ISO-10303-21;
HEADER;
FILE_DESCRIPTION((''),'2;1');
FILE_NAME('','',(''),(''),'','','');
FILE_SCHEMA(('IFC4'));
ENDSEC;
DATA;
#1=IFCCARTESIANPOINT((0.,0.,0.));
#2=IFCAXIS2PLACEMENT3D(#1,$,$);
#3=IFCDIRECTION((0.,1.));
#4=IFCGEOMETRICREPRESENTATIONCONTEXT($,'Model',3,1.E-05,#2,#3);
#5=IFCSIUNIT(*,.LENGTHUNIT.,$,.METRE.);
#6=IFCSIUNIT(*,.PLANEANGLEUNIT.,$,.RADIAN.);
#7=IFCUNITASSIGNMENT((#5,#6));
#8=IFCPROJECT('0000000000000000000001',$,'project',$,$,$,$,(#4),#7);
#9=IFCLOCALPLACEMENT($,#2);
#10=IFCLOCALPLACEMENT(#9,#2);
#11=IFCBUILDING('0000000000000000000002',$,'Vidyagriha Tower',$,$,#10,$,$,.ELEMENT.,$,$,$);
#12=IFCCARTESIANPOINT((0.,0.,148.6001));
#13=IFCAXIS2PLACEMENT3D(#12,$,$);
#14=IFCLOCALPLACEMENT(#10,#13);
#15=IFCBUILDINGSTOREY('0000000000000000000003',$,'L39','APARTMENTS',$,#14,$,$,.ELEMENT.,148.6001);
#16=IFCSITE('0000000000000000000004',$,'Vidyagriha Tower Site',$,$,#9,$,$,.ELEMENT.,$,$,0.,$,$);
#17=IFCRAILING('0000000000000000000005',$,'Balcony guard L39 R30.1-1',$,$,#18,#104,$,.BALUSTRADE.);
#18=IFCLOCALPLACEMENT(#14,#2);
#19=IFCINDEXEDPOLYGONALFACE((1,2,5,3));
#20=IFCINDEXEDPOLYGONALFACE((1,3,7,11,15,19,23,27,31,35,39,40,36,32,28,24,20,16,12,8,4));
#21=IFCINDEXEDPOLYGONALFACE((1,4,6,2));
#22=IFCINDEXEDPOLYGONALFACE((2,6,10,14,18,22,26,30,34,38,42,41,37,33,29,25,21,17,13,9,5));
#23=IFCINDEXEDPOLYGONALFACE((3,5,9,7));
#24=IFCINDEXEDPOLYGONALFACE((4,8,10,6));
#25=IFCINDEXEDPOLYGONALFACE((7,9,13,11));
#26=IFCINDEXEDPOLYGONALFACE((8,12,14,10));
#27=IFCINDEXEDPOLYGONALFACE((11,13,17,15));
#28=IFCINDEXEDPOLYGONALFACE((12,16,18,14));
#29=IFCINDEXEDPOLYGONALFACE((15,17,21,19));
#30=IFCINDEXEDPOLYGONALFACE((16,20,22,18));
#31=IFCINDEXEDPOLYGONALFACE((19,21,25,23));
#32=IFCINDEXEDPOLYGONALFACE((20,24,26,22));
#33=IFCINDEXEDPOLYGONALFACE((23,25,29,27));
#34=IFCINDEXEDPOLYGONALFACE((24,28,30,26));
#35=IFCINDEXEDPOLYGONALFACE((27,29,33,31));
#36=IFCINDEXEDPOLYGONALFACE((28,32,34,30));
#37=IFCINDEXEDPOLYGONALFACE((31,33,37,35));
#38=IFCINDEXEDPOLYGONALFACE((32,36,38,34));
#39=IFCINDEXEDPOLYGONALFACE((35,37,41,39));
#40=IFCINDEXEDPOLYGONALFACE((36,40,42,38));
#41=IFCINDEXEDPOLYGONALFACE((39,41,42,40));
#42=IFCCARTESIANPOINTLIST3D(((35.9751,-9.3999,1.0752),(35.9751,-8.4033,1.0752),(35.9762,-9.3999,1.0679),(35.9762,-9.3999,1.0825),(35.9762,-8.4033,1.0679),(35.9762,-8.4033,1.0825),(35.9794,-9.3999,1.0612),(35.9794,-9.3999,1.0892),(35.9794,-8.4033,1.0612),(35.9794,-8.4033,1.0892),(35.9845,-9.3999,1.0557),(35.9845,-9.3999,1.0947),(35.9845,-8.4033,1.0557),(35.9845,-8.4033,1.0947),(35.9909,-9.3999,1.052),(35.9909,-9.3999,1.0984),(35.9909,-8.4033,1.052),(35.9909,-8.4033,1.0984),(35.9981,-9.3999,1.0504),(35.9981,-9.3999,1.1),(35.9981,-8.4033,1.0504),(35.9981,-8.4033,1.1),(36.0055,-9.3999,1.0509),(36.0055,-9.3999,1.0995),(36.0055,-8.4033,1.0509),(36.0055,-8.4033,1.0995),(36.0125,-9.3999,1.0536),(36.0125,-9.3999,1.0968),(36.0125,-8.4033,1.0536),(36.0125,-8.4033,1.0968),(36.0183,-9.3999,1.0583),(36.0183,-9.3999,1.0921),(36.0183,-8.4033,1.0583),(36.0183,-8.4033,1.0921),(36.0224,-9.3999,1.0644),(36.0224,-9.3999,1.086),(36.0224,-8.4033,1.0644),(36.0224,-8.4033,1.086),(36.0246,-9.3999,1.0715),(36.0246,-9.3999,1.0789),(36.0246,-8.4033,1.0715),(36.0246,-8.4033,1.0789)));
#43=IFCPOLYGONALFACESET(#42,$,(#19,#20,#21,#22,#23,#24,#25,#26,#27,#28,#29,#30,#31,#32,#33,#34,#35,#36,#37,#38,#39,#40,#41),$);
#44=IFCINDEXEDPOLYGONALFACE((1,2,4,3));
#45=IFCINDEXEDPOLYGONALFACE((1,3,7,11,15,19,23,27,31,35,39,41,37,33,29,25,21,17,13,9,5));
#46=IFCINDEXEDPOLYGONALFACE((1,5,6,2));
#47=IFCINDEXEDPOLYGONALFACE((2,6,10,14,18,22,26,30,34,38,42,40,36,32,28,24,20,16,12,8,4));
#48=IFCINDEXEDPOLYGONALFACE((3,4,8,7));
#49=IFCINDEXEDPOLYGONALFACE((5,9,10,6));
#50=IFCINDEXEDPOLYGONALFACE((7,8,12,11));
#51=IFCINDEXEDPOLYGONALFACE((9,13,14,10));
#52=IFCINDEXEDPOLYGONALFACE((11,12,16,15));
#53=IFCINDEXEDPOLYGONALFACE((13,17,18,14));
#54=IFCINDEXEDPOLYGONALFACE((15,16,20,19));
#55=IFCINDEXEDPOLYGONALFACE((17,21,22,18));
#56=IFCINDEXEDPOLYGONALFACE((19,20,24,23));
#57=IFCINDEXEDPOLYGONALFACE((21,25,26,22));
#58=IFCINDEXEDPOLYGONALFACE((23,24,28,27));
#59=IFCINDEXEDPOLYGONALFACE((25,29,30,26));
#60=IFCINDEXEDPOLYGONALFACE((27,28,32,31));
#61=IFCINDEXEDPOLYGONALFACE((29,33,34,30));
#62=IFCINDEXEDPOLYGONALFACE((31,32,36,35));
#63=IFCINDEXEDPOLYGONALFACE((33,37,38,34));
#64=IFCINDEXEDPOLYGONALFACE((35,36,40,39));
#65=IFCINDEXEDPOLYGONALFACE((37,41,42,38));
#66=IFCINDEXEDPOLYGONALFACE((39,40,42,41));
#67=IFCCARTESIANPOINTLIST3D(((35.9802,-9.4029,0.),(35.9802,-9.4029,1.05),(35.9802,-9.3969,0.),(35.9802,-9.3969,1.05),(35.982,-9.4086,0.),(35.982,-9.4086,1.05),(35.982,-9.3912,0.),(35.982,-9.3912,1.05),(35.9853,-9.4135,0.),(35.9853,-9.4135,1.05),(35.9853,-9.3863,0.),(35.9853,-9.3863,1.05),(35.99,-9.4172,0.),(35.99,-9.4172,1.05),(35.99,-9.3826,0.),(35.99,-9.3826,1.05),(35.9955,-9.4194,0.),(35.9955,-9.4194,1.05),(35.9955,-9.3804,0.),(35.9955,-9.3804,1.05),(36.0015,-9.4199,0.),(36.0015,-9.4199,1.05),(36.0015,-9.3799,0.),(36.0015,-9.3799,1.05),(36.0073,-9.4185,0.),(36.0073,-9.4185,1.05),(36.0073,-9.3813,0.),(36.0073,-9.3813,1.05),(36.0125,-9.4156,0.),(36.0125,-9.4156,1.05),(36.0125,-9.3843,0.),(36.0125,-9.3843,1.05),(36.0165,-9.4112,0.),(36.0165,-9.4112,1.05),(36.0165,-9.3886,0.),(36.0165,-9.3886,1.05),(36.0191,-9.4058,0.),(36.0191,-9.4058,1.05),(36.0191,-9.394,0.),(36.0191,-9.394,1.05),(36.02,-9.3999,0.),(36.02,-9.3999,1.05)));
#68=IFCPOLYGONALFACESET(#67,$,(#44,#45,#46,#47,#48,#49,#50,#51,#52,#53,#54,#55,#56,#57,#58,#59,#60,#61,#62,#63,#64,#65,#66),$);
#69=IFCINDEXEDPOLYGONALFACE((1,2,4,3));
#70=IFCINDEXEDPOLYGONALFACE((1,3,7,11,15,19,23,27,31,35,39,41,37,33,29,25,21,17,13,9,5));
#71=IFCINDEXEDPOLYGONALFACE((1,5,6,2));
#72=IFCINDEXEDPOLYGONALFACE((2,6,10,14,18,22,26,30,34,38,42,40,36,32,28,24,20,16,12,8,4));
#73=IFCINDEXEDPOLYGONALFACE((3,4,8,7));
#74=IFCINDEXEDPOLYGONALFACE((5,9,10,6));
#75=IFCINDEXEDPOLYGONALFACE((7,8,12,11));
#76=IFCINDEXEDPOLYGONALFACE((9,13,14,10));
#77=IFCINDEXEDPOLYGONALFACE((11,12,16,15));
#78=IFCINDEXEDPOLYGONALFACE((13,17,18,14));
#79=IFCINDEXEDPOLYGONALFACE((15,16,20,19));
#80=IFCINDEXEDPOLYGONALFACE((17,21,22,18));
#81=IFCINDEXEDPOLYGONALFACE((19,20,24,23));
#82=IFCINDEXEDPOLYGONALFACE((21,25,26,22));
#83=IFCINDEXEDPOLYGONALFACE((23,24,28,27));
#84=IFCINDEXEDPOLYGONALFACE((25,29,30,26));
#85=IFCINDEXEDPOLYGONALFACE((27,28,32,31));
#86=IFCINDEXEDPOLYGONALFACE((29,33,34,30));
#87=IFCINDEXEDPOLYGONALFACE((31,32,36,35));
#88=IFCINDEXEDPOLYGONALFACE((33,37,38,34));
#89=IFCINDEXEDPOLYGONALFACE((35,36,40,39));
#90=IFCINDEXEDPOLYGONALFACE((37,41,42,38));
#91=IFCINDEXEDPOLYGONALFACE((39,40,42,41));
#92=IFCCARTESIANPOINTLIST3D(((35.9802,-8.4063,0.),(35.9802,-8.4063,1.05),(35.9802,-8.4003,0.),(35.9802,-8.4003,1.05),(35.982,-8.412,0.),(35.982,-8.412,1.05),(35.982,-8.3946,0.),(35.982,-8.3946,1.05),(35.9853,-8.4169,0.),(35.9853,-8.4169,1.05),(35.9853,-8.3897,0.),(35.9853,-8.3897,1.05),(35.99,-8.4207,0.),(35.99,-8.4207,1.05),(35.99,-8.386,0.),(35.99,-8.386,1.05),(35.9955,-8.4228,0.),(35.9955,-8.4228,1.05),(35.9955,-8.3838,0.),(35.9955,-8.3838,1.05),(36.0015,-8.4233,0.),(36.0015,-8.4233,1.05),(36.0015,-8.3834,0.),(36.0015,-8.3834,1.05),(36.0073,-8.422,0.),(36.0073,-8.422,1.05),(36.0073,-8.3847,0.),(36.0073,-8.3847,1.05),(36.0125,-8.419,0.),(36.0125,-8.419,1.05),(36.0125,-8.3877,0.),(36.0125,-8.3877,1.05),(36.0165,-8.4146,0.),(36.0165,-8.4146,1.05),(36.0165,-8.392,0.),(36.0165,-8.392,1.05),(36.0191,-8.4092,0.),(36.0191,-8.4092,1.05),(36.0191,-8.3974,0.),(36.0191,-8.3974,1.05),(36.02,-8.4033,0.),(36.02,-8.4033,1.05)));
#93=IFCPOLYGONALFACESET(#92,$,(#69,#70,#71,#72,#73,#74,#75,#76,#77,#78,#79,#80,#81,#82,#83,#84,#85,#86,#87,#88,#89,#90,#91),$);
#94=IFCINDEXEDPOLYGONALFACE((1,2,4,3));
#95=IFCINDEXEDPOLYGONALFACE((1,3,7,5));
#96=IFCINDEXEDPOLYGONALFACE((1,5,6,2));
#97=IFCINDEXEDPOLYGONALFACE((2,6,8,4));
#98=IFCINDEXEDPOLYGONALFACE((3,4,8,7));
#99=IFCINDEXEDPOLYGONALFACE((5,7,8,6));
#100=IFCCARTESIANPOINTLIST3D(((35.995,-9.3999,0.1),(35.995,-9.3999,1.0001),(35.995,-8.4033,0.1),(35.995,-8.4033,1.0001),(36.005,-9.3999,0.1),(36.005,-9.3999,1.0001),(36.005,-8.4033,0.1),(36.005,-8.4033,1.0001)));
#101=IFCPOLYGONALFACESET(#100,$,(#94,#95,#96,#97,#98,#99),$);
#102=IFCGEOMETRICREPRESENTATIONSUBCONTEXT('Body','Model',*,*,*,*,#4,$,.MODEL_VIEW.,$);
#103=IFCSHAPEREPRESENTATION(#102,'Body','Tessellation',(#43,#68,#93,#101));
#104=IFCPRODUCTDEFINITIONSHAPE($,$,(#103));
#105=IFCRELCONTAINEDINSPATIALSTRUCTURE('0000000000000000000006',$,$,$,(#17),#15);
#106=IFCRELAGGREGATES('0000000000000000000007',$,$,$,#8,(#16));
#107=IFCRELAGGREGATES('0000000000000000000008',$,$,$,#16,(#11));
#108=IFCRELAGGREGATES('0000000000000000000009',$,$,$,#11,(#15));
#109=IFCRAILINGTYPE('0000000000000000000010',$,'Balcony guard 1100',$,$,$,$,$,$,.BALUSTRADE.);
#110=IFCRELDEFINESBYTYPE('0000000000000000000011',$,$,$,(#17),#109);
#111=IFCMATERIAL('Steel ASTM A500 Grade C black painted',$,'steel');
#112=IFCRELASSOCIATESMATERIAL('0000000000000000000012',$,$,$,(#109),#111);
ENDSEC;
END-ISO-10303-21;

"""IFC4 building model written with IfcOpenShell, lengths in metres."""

from ifc_helpers import new_model, si_unit, direction, frame, origin, origin_2d, place, context, subcontext, project, spatial, rectangle, circle, extrude, material, type_object, element, save


model = new_model("IFC4")

# Units and contexts
model_context = context("Model", 3, precision=1e-05, world=origin(), true_north=direction((0.0, 1.0)))
body_context = subcontext(model_context, "Body", "Model", "MODEL_VIEW")
ifc_project = project(units=[si_unit("LENGTHUNIT", "METRE"), si_unit("PLANEANGLEUNIT", "RADIAN")], contexts=[model_context])

# Site, building, storey
site_placement = place(None, origin())
site = spatial("IfcSite", under=ifc_project, at=site_placement, Name="Vidyagriha Tower Site", CompositionType="ELEMENT", RefElevation=0.0)
building_placement = place(site_placement, origin())
building = spatial("IfcBuilding", under=site, at=building_placement, Name="Vidyagriha Tower", CompositionType="ELEMENT")
storey_placement = place(building_placement, frame((0.0, 0.0, 148.6001)))
storey = spatial("IfcBuildingStorey", under=building, at=storey_placement, Name="L39", Description="APARTMENTS", CompositionType="ELEMENT", Elevation=148.6001)

# Railing
ifc_material_1 = material(Name="Steel ASTM A500 Grade C black painted", Category="steel")
railing_type = type_object("IfcRailingType", Name="Balcony guard 1100", PredefinedType="BALUSTRADE", material=ifc_material_1)
railing_1_placement = place(storey_placement, frame((36.0, -9.3999, 0.0)))
element("IfcRailing", 1, at=railing_1_placement, inside=storey, type_object=railing_type, Name="Balcony guard L39 R30.1-1", PredefinedType="BALUSTRADE", context=body_context, shape_type="SweptSolid", body=[
    extrude(circle(Radius=0.0249, at=origin_2d()), frame((0.0, 0.0, 1.0752), z_axis=(0.0, 1.0, 0.0), x_axis=(-1.0, 0.0, 0.0)), (0.0, 0.0, 1.0), 0.9966),
    extrude(circle(Radius=0.02, at=origin_2d()), origin(), (0.0, 0.0, 1.0), 1.05),
    extrude(circle(Radius=0.02, at=origin_2d()), frame((0.0, 0.9966, 0.0)), (0.0, 0.0, 1.0), 1.05),
    extrude(rectangle(XDim=0.01, YDim=0.9001, at=origin_2d()), frame((0.0, 0.0, 0.55), z_axis=(0.0, 1.0, 0.0), x_axis=(-1.0, 0.0, 0.0)), (0.0, 0.0, 1.0), 0.9966),
])

save(model, "model.ifc")
